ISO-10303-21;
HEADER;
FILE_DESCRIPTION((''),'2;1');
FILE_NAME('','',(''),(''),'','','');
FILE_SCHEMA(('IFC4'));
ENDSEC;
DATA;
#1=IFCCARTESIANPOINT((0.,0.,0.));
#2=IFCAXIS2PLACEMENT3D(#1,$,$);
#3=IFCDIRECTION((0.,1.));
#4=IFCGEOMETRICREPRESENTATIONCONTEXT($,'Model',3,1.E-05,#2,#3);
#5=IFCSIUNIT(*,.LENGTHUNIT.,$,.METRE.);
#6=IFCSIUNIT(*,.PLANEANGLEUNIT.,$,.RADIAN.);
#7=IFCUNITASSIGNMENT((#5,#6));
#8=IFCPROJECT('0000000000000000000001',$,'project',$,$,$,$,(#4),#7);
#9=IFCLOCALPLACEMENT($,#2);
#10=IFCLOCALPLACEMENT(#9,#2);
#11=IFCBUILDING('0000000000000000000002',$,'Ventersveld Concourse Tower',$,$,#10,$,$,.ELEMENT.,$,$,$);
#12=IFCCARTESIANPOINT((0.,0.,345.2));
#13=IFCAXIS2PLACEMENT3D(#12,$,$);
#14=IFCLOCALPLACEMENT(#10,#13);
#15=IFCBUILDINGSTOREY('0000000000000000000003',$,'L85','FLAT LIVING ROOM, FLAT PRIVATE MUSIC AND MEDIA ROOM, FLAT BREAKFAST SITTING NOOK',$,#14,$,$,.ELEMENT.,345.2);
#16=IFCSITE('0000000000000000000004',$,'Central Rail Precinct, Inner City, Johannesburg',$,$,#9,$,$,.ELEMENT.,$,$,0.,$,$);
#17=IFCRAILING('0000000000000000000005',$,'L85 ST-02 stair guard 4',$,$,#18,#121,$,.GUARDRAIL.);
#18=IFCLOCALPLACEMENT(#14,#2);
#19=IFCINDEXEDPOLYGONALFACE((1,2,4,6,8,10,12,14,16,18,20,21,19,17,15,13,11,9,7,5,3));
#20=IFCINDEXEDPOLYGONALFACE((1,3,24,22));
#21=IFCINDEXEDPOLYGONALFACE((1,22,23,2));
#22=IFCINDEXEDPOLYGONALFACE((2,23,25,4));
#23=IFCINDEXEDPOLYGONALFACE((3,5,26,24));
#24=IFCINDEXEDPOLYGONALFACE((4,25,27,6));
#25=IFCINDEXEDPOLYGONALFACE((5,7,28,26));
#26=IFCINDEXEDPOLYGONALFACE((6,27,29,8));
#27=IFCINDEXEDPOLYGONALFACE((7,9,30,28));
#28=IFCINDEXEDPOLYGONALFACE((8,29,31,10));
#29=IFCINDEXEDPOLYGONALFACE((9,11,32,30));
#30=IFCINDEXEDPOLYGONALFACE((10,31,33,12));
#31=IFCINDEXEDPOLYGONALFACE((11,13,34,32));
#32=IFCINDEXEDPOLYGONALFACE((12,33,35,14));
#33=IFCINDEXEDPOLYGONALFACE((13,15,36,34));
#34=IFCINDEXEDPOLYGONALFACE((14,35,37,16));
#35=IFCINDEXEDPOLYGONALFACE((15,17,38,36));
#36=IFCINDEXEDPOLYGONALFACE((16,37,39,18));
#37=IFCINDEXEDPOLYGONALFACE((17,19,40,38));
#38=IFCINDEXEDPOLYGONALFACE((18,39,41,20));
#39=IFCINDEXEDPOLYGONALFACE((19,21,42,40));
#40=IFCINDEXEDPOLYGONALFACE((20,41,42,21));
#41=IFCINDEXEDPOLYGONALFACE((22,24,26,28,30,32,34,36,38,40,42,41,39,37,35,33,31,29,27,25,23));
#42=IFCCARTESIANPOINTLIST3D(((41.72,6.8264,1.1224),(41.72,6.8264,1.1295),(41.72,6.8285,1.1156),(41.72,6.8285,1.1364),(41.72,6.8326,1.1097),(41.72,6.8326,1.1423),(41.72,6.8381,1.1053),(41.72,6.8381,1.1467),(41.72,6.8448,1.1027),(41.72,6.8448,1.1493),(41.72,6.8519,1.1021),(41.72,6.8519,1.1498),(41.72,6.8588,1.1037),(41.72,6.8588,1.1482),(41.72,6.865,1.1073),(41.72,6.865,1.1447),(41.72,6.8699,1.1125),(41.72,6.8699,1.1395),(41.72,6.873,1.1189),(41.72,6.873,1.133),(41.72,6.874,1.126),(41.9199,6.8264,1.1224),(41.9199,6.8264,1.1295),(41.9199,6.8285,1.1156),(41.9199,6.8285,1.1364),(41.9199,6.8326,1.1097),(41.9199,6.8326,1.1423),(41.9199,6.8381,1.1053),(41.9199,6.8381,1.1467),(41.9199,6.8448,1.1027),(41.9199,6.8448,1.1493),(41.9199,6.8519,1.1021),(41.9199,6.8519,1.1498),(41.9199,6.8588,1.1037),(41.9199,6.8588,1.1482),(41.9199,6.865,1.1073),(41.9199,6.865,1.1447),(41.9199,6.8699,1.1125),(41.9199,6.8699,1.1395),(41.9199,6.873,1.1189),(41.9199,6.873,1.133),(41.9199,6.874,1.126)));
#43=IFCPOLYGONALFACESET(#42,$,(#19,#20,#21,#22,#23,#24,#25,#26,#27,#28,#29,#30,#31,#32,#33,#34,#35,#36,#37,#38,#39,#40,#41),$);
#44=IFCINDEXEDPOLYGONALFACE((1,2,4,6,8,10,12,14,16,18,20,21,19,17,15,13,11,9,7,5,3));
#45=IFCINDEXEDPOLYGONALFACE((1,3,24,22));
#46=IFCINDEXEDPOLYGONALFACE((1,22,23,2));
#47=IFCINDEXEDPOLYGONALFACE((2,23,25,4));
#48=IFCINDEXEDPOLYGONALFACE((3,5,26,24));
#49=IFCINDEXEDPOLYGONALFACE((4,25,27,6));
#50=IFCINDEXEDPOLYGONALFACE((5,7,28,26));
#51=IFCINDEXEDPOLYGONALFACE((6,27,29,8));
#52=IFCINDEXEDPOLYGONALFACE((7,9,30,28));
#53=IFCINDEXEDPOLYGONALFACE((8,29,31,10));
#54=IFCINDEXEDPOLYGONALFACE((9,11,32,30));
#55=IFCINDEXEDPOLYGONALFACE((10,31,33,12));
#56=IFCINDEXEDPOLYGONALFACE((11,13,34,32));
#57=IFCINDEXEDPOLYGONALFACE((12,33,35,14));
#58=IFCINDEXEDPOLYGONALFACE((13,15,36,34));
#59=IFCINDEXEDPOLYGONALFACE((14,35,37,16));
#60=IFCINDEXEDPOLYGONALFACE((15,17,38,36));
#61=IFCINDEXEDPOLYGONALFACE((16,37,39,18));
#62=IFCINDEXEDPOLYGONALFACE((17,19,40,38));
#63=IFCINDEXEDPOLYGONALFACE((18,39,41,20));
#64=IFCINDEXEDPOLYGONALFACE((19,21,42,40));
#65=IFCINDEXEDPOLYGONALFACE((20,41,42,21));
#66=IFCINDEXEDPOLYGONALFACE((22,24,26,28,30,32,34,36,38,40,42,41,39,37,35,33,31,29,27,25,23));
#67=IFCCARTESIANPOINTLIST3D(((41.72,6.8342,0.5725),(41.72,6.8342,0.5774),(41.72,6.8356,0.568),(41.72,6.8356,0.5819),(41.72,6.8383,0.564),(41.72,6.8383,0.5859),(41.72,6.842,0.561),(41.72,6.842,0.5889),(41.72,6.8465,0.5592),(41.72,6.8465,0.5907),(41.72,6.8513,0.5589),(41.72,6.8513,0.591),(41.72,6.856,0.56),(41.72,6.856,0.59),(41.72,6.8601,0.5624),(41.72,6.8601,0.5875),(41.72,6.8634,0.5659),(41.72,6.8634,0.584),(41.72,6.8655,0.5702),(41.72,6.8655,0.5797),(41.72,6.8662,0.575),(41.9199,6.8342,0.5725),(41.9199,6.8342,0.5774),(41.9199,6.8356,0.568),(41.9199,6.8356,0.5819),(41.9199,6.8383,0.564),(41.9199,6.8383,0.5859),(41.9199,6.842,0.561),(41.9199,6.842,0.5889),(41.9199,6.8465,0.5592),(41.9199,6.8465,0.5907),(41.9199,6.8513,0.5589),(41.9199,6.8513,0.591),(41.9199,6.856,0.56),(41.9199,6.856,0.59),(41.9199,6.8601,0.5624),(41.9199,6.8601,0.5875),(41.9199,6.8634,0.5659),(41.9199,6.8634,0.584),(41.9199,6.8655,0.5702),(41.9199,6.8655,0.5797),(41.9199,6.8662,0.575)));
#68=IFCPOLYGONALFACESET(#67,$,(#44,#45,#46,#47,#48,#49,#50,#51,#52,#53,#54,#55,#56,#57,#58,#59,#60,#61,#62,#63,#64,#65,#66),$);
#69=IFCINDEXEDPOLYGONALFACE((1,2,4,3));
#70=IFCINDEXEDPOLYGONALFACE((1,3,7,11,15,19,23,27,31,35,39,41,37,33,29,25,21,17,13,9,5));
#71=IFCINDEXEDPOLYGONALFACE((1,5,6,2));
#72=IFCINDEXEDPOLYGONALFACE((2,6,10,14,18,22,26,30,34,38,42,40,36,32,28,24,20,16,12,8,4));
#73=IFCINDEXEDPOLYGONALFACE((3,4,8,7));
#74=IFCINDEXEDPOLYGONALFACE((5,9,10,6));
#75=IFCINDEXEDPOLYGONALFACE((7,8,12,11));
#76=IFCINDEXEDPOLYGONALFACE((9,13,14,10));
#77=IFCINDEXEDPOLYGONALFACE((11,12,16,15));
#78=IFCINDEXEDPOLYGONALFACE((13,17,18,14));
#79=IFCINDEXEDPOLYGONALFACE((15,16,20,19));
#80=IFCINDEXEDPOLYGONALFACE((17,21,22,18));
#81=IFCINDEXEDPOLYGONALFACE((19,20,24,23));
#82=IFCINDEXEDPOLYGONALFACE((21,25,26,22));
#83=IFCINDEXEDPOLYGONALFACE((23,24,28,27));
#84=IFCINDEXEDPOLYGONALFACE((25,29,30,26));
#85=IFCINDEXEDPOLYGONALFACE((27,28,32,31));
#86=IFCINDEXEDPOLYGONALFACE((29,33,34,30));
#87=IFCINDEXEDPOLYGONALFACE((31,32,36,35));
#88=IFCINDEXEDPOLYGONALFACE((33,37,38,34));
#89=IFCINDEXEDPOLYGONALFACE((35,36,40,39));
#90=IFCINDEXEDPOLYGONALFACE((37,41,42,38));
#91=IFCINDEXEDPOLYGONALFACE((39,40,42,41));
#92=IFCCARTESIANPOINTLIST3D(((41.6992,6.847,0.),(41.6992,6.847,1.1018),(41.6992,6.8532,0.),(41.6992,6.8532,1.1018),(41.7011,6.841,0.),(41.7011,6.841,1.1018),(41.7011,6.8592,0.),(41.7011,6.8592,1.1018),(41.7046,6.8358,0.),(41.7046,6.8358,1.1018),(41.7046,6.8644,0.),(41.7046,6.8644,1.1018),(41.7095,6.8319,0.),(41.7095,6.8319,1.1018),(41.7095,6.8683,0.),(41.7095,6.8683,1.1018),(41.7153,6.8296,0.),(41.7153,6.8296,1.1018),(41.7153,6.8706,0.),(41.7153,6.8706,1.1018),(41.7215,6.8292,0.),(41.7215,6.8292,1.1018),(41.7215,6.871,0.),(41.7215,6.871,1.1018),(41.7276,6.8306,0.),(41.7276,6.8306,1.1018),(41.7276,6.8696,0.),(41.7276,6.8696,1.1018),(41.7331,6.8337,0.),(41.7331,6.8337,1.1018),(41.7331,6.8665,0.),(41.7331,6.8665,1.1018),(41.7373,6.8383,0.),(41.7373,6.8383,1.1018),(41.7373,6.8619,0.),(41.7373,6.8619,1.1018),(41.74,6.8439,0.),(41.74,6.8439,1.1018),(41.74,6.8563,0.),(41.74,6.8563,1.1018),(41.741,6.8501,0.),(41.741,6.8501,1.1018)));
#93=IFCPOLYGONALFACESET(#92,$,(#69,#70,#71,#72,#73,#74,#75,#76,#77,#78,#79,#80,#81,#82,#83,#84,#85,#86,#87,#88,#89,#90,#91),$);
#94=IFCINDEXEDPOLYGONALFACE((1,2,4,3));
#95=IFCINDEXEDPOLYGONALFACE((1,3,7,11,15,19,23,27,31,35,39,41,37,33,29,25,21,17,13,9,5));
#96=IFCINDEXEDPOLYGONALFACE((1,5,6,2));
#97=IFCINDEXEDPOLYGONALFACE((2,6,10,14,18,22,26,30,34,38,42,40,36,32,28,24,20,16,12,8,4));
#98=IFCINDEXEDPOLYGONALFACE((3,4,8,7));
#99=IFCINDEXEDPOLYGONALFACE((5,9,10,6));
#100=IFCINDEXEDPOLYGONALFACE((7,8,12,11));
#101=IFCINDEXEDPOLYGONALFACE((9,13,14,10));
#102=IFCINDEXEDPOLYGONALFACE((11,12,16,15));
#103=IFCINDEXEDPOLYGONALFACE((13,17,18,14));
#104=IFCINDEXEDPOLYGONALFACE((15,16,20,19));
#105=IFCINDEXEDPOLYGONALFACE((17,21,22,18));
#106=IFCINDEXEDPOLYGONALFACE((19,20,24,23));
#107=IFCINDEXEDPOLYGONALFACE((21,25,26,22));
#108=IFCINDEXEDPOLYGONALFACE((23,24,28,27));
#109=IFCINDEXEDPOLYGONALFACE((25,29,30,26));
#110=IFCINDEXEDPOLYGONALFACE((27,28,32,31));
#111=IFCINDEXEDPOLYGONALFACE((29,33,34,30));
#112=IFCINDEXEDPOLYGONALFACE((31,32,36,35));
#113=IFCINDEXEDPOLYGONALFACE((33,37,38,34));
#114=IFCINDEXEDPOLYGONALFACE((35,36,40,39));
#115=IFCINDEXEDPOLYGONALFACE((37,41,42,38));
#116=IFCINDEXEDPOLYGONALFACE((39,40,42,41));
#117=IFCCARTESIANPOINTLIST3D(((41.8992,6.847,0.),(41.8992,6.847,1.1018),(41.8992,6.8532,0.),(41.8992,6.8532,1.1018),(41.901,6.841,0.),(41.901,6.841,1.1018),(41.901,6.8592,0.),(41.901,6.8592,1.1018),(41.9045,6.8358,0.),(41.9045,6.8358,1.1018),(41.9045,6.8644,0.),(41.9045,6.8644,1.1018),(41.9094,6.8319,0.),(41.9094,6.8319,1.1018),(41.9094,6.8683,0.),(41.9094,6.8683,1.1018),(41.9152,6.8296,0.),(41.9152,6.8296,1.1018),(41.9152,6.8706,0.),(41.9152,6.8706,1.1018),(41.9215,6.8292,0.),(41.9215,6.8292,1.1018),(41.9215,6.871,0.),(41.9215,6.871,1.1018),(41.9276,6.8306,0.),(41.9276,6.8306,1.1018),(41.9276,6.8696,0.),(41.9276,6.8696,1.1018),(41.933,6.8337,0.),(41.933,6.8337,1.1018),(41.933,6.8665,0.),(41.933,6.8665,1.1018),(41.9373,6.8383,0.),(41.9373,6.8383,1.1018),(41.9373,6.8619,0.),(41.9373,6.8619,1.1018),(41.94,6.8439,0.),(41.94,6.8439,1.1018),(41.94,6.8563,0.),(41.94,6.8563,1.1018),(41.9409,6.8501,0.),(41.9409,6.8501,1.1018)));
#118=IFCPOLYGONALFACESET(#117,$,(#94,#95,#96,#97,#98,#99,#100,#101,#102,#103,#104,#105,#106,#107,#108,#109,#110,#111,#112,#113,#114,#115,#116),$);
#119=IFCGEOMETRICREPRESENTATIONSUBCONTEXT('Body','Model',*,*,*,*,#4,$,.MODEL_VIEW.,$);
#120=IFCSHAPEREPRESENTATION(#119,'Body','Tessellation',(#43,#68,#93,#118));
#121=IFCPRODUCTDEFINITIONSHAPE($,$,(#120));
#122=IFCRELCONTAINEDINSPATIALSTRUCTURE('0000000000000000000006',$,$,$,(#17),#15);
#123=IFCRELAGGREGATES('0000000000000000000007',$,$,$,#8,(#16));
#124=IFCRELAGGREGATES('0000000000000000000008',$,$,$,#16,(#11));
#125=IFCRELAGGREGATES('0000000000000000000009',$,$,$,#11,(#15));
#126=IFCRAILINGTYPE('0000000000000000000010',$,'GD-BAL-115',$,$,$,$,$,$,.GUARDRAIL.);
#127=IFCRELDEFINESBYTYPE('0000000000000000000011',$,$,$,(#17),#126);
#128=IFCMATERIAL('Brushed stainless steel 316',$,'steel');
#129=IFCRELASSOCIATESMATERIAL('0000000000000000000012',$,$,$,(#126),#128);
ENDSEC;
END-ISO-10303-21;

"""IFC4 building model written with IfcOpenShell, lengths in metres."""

from ifc_helpers import new_model, si_unit, direction, frame, origin, origin_2d, place, context, subcontext, project, spatial, circle, extrude, material, type_object, element, save


model = new_model("IFC4")

# Units and contexts
model_context = context("Model", 3, precision=1e-05, world=origin(), true_north=direction((0.0, 1.0)))
body_context = subcontext(model_context, "Body", "Model", "MODEL_VIEW")
ifc_project = project(units=[si_unit("LENGTHUNIT", "METRE"), si_unit("PLANEANGLEUNIT", "RADIAN")], contexts=[model_context])

# Site, building, storey
site_placement = place(None, origin())
site = spatial("IfcSite", under=ifc_project, at=site_placement, Name="Central Rail Precinct, Inner City, Johannesburg", CompositionType="ELEMENT", RefElevation=0.0)
building_placement = place(site_placement, origin())
building = spatial("IfcBuilding", under=site, at=building_placement, Name="Ventersveld Concourse Tower", CompositionType="ELEMENT")
storey_placement = place(building_placement, frame((0.0, 0.0, 345.2)))
storey = spatial("IfcBuildingStorey", under=building, at=storey_placement, Name="L85", Description="FLAT LIVING ROOM, FLAT PRIVATE MUSIC AND MEDIA ROOM, FLAT BREAKFAST SITTING NOOK", CompositionType="ELEMENT", Elevation=345.2)

# Shared definitions
ifc_material_1 = material(Name="Brushed stainless steel 316", Category="steel")

# Railing
railing_type_1 = type_object("IfcRailingType", Name="GD-BAL-115", PredefinedType="GUARDRAIL", material=ifc_material_1)
railing_1_placement = place(storey_placement, frame((41.72, 6.8501, 0.0)))
element("IfcRailing", 1, at=railing_1_placement, inside=storey, type_object=railing_type_1, Name="L85 ST-02 stair guard 4", PredefinedType="GUARDRAIL", context=body_context, shape_type="SweptSolid", body=[
    extrude(circle(Radius=0.0239, at=origin_2d()), frame((0.0, 0.0, 1.126), z_axis=(1.0, 0.0, 0.0), x_axis=(0.0, 1.0, 0.0)), (0.0, 0.0, 1.0), 0.2),
    extrude(circle(Radius=0.0161, at=origin_2d()), frame((0.0, 0.0, 0.575), z_axis=(1.0, 0.0, 0.0), x_axis=(0.0, 1.0, 0.0)), (0.0, 0.0, 1.0), 0.2),
    extrude(circle(Radius=0.021, at=origin_2d()), origin(), (0.0, 0.0, 1.0), 1.1018),
    extrude(circle(Radius=0.021, at=origin_2d()), frame((0.2, 0.0, 0.0)), (0.0, 0.0, 1.0), 1.1018),
])

save(model, "model.ifc")
